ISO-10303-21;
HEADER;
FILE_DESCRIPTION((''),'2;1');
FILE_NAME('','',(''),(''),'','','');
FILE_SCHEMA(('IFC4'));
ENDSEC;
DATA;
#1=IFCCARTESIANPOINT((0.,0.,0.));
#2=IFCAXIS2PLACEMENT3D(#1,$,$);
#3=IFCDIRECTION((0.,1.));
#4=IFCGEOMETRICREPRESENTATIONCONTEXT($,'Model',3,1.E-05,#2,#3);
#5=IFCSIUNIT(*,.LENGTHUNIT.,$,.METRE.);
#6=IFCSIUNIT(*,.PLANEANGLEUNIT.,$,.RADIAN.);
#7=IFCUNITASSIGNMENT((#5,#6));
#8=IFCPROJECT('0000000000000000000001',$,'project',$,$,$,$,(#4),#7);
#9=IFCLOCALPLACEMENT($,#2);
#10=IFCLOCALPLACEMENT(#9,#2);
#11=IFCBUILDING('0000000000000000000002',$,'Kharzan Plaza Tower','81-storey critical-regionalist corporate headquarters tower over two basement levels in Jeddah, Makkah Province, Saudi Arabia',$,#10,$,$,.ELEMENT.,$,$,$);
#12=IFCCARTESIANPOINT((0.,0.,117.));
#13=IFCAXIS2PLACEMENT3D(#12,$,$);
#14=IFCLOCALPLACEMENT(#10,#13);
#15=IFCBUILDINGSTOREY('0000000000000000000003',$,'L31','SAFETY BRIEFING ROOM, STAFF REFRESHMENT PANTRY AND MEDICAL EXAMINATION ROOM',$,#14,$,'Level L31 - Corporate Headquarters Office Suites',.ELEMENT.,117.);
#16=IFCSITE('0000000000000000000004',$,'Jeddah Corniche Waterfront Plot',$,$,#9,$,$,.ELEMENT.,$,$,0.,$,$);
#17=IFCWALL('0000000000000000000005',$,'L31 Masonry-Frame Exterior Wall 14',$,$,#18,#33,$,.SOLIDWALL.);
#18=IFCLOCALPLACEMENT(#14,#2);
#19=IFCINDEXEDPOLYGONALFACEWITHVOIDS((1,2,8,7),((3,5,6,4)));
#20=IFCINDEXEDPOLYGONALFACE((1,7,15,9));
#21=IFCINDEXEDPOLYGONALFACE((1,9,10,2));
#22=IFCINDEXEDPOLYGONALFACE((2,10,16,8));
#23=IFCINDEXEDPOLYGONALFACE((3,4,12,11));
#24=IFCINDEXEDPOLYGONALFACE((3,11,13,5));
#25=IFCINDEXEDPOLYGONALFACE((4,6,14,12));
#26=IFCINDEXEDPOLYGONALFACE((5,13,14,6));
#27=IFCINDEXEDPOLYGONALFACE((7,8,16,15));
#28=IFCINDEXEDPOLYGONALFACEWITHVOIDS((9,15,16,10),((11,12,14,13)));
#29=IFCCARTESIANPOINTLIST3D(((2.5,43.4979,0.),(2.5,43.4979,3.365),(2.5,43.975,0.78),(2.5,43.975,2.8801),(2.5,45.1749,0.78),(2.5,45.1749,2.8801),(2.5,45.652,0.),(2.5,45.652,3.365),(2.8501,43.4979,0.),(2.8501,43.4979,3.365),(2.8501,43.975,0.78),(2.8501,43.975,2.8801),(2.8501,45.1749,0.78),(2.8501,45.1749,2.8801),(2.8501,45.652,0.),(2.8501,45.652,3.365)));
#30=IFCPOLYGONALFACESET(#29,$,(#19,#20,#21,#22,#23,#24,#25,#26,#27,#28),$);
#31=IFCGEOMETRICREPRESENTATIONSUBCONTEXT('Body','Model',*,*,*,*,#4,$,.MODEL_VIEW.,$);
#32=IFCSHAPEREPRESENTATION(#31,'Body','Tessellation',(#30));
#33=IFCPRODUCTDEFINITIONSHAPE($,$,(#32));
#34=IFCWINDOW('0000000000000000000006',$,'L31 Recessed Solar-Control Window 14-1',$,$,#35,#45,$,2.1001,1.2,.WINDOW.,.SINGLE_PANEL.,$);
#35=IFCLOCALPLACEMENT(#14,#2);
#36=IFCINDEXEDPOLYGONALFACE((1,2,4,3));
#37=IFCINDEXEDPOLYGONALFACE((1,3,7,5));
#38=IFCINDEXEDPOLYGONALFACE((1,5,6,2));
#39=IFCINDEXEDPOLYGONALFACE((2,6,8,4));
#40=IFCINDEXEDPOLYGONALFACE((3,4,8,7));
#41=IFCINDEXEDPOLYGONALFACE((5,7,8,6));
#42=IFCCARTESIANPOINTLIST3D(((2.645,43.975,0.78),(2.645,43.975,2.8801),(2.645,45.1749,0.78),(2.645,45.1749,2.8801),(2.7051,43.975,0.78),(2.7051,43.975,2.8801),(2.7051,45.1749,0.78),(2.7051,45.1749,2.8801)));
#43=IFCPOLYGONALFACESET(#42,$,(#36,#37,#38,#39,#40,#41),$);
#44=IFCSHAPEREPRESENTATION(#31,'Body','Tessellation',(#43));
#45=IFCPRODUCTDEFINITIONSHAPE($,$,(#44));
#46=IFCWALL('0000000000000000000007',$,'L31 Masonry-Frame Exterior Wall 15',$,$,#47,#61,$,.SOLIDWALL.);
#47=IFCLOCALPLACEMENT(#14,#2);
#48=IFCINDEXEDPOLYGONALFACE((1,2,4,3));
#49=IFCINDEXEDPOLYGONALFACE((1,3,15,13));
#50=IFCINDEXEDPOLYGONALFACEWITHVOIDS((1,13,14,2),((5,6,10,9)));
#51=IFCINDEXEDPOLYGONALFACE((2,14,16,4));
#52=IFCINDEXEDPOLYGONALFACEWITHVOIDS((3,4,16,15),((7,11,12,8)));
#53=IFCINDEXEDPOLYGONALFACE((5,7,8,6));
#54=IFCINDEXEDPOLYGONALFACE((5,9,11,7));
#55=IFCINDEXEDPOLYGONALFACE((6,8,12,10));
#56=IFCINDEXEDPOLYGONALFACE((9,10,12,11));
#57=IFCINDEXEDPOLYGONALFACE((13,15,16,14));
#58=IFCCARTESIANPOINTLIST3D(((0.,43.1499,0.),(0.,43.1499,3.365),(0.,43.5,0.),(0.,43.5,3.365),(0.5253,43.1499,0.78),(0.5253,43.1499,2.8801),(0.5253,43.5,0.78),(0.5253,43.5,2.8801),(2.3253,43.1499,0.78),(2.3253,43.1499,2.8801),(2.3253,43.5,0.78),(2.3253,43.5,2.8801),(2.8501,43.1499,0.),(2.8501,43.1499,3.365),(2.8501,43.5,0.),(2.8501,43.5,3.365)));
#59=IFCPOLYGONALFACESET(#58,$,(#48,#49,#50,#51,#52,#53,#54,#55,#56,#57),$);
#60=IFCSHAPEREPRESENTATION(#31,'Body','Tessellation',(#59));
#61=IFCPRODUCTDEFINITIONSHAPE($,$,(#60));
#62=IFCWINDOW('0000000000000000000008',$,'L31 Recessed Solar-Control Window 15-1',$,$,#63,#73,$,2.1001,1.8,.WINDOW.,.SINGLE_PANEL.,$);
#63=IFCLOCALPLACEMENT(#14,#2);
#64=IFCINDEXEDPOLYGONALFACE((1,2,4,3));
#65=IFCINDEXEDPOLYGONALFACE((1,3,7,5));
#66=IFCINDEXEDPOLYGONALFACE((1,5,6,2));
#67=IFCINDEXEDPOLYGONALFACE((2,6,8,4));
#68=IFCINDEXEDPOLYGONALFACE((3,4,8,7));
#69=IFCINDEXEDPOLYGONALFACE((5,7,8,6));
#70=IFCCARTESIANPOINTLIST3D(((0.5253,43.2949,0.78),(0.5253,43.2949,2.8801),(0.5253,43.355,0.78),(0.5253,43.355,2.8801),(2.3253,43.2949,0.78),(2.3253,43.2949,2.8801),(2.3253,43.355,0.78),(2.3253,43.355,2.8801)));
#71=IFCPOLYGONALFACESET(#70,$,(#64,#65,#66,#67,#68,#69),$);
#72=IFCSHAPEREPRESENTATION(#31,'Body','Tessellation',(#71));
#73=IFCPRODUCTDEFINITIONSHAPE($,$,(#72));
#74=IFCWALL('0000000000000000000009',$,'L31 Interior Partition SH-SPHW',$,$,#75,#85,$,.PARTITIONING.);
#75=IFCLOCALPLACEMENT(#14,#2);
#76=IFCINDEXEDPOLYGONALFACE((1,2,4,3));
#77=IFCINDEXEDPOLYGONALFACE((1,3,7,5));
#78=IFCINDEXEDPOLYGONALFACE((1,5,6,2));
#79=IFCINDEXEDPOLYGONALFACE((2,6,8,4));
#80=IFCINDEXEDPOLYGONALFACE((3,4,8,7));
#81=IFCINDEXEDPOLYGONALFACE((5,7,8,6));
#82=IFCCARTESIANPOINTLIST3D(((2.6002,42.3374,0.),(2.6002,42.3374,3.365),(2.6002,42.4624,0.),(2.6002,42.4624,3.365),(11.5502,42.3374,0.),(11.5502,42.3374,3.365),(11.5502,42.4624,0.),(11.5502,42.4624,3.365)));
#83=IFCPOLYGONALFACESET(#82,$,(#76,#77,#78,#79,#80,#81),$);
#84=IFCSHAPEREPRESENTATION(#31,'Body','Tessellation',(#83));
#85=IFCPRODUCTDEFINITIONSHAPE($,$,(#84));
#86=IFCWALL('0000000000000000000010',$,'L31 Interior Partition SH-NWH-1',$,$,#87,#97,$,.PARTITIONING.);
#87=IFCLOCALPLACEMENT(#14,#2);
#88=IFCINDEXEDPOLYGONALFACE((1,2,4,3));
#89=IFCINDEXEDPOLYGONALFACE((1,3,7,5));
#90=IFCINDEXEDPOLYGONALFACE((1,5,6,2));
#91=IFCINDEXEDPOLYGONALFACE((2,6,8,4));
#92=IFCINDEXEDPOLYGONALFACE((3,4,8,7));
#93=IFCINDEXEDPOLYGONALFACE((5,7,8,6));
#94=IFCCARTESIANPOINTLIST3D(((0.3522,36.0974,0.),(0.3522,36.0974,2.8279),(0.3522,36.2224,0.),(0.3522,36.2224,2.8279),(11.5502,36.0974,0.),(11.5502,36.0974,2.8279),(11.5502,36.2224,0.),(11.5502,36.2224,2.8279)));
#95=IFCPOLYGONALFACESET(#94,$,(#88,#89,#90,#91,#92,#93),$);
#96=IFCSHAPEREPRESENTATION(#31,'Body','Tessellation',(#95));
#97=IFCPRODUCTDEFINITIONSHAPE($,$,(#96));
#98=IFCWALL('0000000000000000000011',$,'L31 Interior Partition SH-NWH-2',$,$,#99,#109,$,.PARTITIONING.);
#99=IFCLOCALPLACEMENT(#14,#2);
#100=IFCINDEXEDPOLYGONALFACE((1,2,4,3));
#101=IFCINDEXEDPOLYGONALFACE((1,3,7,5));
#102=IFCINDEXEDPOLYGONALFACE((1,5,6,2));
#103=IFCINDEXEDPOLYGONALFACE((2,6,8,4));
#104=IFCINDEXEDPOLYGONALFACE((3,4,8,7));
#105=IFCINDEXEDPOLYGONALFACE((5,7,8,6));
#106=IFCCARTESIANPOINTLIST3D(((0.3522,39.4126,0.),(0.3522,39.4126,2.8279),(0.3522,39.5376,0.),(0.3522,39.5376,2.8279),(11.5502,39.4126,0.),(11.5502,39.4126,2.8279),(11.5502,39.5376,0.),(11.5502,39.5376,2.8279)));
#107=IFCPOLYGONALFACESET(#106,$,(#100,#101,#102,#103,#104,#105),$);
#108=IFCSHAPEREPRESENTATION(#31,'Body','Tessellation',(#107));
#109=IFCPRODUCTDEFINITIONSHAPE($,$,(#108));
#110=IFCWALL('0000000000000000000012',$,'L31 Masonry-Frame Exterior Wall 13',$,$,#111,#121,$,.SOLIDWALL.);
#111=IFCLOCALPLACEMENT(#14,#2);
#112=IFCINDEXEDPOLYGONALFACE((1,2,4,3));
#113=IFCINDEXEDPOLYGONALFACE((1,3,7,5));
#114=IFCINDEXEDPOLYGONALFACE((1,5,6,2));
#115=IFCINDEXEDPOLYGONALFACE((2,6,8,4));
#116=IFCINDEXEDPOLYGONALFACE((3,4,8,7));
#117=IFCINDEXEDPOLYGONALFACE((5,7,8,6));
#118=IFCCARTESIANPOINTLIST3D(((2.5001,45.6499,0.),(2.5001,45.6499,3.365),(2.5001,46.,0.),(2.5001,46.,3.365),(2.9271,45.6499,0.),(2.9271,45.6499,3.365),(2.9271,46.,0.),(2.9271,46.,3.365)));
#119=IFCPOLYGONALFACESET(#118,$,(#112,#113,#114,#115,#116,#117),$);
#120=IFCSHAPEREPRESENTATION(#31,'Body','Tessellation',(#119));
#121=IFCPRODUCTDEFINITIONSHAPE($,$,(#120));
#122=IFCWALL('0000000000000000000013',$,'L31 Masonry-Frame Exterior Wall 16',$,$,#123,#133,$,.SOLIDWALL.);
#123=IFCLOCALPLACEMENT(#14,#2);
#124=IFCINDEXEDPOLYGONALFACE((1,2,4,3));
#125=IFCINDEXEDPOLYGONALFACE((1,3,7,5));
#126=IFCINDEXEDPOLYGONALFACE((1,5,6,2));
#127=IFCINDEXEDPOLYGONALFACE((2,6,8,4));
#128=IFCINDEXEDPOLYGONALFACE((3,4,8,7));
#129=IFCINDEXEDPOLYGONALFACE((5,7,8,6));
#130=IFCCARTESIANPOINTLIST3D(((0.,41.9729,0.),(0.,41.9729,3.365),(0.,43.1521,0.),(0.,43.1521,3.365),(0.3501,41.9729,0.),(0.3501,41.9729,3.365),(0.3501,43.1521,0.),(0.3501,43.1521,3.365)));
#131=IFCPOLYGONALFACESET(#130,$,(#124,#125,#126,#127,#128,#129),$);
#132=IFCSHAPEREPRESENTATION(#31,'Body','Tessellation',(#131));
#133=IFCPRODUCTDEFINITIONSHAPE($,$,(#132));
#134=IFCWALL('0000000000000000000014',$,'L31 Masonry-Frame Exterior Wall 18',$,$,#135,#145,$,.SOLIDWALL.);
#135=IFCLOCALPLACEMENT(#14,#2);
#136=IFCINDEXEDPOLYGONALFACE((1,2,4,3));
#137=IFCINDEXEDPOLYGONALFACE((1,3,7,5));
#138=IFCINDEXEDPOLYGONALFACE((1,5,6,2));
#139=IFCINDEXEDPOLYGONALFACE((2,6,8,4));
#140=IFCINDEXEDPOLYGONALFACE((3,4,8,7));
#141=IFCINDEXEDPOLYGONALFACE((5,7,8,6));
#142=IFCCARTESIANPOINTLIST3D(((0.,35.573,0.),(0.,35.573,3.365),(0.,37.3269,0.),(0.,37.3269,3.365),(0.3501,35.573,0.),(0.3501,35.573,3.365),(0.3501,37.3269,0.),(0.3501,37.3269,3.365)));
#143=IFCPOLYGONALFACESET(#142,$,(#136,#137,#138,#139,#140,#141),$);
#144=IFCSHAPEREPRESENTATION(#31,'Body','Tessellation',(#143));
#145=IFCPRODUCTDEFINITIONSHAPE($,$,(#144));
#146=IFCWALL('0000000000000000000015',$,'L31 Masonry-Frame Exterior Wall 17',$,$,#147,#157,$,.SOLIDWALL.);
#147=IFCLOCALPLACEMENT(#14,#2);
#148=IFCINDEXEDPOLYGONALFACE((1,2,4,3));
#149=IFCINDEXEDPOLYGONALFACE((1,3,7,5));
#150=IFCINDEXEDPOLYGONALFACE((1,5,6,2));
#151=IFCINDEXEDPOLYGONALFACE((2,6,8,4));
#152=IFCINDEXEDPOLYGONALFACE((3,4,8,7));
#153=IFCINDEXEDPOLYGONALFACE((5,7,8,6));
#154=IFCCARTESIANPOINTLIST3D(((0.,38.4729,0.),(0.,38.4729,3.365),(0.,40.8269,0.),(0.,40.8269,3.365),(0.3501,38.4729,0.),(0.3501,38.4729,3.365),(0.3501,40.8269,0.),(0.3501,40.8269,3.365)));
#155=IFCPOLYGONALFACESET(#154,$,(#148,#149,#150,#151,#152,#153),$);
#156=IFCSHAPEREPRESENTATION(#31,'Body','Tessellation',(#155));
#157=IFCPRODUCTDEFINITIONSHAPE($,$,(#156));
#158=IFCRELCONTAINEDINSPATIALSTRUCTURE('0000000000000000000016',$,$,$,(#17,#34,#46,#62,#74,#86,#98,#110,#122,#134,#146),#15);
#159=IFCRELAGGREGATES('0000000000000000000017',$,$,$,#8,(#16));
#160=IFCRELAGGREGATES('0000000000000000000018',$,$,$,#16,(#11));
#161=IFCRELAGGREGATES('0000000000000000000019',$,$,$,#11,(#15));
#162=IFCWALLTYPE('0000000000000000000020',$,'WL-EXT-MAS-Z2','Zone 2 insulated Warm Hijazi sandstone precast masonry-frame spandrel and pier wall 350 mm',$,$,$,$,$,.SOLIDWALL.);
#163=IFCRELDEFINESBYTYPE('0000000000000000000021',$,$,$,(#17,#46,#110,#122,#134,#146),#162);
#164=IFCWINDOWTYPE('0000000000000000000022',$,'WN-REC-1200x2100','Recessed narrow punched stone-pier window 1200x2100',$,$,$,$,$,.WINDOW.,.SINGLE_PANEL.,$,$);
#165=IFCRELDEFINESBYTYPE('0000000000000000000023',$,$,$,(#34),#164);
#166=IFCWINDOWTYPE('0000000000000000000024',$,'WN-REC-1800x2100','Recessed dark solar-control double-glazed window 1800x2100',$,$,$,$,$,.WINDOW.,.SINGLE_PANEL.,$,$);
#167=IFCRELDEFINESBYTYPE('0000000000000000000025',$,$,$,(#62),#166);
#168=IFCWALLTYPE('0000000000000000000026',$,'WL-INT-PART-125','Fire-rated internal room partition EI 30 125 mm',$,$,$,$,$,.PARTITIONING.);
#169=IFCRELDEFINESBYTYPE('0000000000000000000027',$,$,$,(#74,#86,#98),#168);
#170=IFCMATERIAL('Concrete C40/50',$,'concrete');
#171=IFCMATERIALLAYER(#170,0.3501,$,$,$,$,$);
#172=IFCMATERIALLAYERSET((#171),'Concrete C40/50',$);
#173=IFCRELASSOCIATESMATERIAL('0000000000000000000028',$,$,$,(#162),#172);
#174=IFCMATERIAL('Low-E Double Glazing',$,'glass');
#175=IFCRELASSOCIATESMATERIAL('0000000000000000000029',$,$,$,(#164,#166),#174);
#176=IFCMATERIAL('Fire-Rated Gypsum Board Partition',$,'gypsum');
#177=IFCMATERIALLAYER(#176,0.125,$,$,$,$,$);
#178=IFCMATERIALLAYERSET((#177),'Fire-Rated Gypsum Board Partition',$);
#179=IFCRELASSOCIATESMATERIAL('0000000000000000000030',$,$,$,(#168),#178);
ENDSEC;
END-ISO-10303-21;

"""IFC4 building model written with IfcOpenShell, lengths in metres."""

from ifc_helpers import new_model, si_unit, direction, frame, frame_2d, origin, place, context, subcontext, project, spatial, rectangle, extrude, source, transform, mapped, material, layer, layer_set, type_object, element, fill, save


model = new_model("IFC4")

# Units and contexts
model_context = context("Model", 3, precision=1e-05, world=origin(), true_north=direction((0.0, 1.0)))
body_context = subcontext(model_context, "Body", "Model", "MODEL_VIEW")
ifc_project = project(units=[si_unit("LENGTHUNIT", "METRE"), si_unit("PLANEANGLEUNIT", "RADIAN")], contexts=[model_context])

# Site, building, storey
site_placement = place(None, origin())
site = spatial("IfcSite", under=ifc_project, at=site_placement, Name="Jeddah Corniche Waterfront Plot", CompositionType="ELEMENT", RefElevation=0.0)
building_placement = place(site_placement, origin())
building = spatial("IfcBuilding", under=site, at=building_placement, Name="Kharzan Plaza Tower", Description="81-storey critical-regionalist corporate headquarters tower over two basement levels in Jeddah, Makkah Province, Saudi Arabia", CompositionType="ELEMENT")
storey_placement = place(building_placement, frame((0.0, 0.0, 117.0)))
storey = spatial("IfcBuildingStorey", under=building, at=storey_placement, Name="L31", Description="SAFETY BRIEFING ROOM, STAFF REFRESHMENT PANTRY AND MEDICAL EXAMINATION ROOM", LongName="Level L31 - Corporate Headquarters Office Suites", CompositionType="ELEMENT", Elevation=117.0)

# Walls, openings, windows
ifc_material_1 = material(Name="Concrete C40/50", Category="concrete")
ifc_layer_1 = layer(ifc_material_1, 0.3501)
ifc_layer_set_1 = layer_set([ifc_layer_1], Name="Concrete C40/50")
wall_type_1 = type_object("IfcWallType", Name="WL-EXT-MAS-Z2", Description="Zone 2 insulated Warm Hijazi sandstone precast masonry-frame spandrel and pier wall 350 mm", PredefinedType="SOLIDWALL", material=ifc_layer_set_1)
ifc_material_2 = material(Name="Low-E Double Glazing", Category="glass")
wall_1_placement = place(storey_placement, frame((2.675, 45.6521, 0.0), z_axis=(0.0, 0.0, 1.0), x_axis=(0.0, -1.0, 0.0)))
wall_1 = element("IfcWall", 1, at=wall_1_placement, inside=storey, type_object=wall_type_1, Name="L31 Masonry-Frame Exterior Wall 14", PredefinedType="SOLIDWALL", context=body_context, shape_type="SweptSolid", body=[
    extrude(rectangle(XDim=2.1541, YDim=0.3501, at=frame_2d((1.0771, 0.0))), origin(), (0.0, 0.0, 1.0), 3.365),
])
opening_1_placement = place(wall_1_placement, frame((0.4771, 0.0, 0.78)))
opening_1 = element("IfcOpeningElement", 2, at=opening_1_placement, cuts=wall_1, PredefinedType="OPENING", context=body_context, shape_type="SweptSolid", body=[
    extrude(rectangle(XDim=1.2, YDim=2.1001, at=frame_2d((0.6001, 1.05))), frame((0.0, 0.1851, 0.0), z_axis=(0.0, -1.0, 0.0), x_axis=(1.0, 0.0, 0.0)), (0.0, 0.0, 1.0), 0.3701),
])
window_type_1 = type_object("IfcWindowType", Name="WN-REC-1200x2100", Description="Recessed narrow punched stone-pier window 1200x2100", PartitioningType="SINGLE_PANEL", PredefinedType="WINDOW", material=ifc_material_2)
shared_shape_1 = source(origin(), body_context, "Body", "SweptSolid", [
    extrude(rectangle(XDim=1.2, YDim=2.1001, at=frame_2d((0.6001, 1.05))), frame((0.0, 0.03, 0.0), z_axis=(0.0, -1.0, 0.0), x_axis=(1.0, 0.0, 0.0)), (0.0, 0.0, 1.0), 0.0601),
])
window_1_placement = place(opening_1_placement, origin())
window_1 = element("IfcWindow", 3, at=window_1_placement, inside=storey, type_object=window_type_1, Name="L31 Recessed Solar-Control Window 14-1", OverallHeight=2.1001, OverallWidth=1.2, PartitioningType="SINGLE_PANEL", PredefinedType="WINDOW", context=body_context, shape_type="MappedRepresentation", body=[
    mapped(shared_shape_1, transform((0.0, 0.0, 0.0), x_axis=(1.0, 0.0, 0.0), y_axis=(0.0, 1.0, 0.0), z_axis=(0.0, 0.0, 1.0))),
])
fill(opening_1, window_1)
wall_2_placement = place(storey_placement, frame((2.8501, 43.325, 0.0), z_axis=(0.0, 0.0, 1.0), x_axis=(-1.0, 0.0, 0.0)))
wall_2 = element("IfcWall", 4, at=wall_2_placement, inside=storey, type_object=wall_type_1, Name="L31 Masonry-Frame Exterior Wall 15", PredefinedType="SOLIDWALL", context=body_context, shape_type="SweptSolid", body=[
    extrude(rectangle(XDim=2.8501, YDim=0.3501, at=frame_2d((1.425, 0.0))), origin(), (0.0, 0.0, 1.0), 3.365),
])
opening_2_placement = place(wall_2_placement, frame((0.5249, 0.0, 0.78)))
opening_2 = element("IfcOpeningElement", 5, at=opening_2_placement, cuts=wall_2, PredefinedType="OPENING", context=body_context, shape_type="SweptSolid", body=[
    extrude(rectangle(XDim=1.8, YDim=2.1001, at=frame_2d((0.8999, 1.05))), frame((0.0, 0.1851, 0.0), z_axis=(0.0, -1.0, 0.0), x_axis=(1.0, 0.0, 0.0)), (0.0, 0.0, 1.0), 0.3701),
])
window_type_2 = type_object("IfcWindowType", Name="WN-REC-1800x2100", Description="Recessed dark solar-control double-glazed window 1800x2100", PartitioningType="SINGLE_PANEL", PredefinedType="WINDOW", material=ifc_material_2)
shared_shape_2 = source(origin(), body_context, "Body", "SweptSolid", [
    extrude(rectangle(XDim=1.8, YDim=2.1001, at=frame_2d((0.8999, 1.05))), frame((0.0, 0.03, 0.0), z_axis=(0.0, -1.0, 0.0), x_axis=(1.0, 0.0, 0.0)), (0.0, 0.0, 1.0), 0.0601),
])
window_2_placement = place(opening_2_placement, origin())
window_2 = element("IfcWindow", 6, at=window_2_placement, inside=storey, type_object=window_type_2, Name="L31 Recessed Solar-Control Window 15-1", OverallHeight=2.1001, OverallWidth=1.8, PartitioningType="SINGLE_PANEL", PredefinedType="WINDOW", context=body_context, shape_type="MappedRepresentation", body=[
    mapped(shared_shape_2, transform((0.0, 0.0, 0.0), x_axis=(1.0, 0.0, 0.0), y_axis=(0.0, 1.0, 0.0), z_axis=(0.0, 0.0, 1.0))),
])
fill(opening_2, window_2)

# Walls
ifc_material_3 = material(Name="Fire-Rated Gypsum Board Partition", Category="gypsum")
ifc_layer_2 = layer(ifc_material_3, 0.125)
ifc_layer_set_2 = layer_set([ifc_layer_2], Name="Fire-Rated Gypsum Board Partition")
wall_type_2 = type_object("IfcWallType", Name="WL-INT-PART-125", Description="Fire-rated internal room partition EI 30 125 mm", PredefinedType="PARTITIONING", material=ifc_layer_set_2)
shared_shape_3 = source(origin(), body_context, "Body", "SweptSolid", [
    extrude(rectangle(XDim=8.95, YDim=0.125, at=frame_2d((4.4751, 0.0))), origin(), (0.0, 0.0, 1.0), 3.365),
])
wall_3_placement = place(storey_placement, frame((2.6001, 42.3999, 0.0), z_axis=(0.0, 0.0, 1.0), x_axis=(1.0, 0.0, 0.0)))
element("IfcWall", 7, at=wall_3_placement, inside=storey, type_object=wall_type_2, Name="L31 Interior Partition SH-SPHW", PredefinedType="PARTITIONING", context=body_context, shape_type="MappedRepresentation", body=[
    mapped(shared_shape_3, transform((0.0, 0.0, 0.0), x_axis=(1.0, 0.0, 0.0), y_axis=(0.0, 1.0, 0.0), z_axis=(0.0, 0.0, 1.0))),
])
shared_shape_4 = source(origin(), body_context, "Body", "SweptSolid", [
    extrude(rectangle(XDim=11.198, YDim=0.125, at=frame_2d((5.5991, 0.0))), origin(), (0.0, 0.0, 1.0), 2.8279),
])
for number, where, z_axis, x_axis, name in (
    (8, (0.3521, 36.1599, 0.0), (0.0, 0.0, 1.0), (1.0, 0.0, 0.0), "L31 Interior Partition SH-NWH-1"),
    (9, (0.3521, 39.4751, 0.0), (0.0, 0.0, 1.0), (1.0, 0.0, 0.0), "L31 Interior Partition SH-NWH-2"),
):
    element("IfcWall", number, at=place(storey_placement, frame(where, z_axis=z_axis, x_axis=x_axis)), inside=storey, type_object=wall_type_2, Name=name, PredefinedType="PARTITIONING", context=body_context, shape_type="MappedRepresentation", body=[
        mapped(shared_shape_4, transform((0.0, 0.0, 0.0), x_axis=(1.0, 0.0, 0.0), y_axis=(0.0, 1.0, 0.0), z_axis=(0.0, 0.0, 1.0))),
    ])
shared_shape_5 = source(origin(), body_context, "Body", "SweptSolid", [
    extrude(rectangle(XDim=0.427, YDim=0.3501, at=frame_2d((0.2134, 0.0))), origin(), (0.0, 0.0, 1.0), 3.365),
])
wall_4_placement = place(storey_placement, frame((2.927, 45.825, 0.0), z_axis=(0.0, 0.0, 1.0), x_axis=(-1.0, 0.0, 0.0)))
element("IfcWall", 10, at=wall_4_placement, inside=storey, type_object=wall_type_1, Name="L31 Masonry-Frame Exterior Wall 13", PredefinedType="SOLIDWALL", context=body_context, shape_type="MappedRepresentation", body=[
    mapped(shared_shape_5, transform((0.0, 0.0, 0.0), x_axis=(1.0, 0.0, 0.0), y_axis=(0.0, 1.0, 0.0), z_axis=(0.0, 0.0, 1.0))),
])
shared_shape_6 = source(origin(), body_context, "Body", "SweptSolid", [
    extrude(rectangle(XDim=1.1792, YDim=0.3501, at=frame_2d((0.5896, 0.0))), origin(), (0.0, 0.0, 1.0), 3.365),
])
wall_5_placement = place(storey_placement, frame((0.175, 43.1521, 0.0), z_axis=(0.0, 0.0, 1.0), x_axis=(0.0, -1.0, 0.0)))
element("IfcWall", 11, at=wall_5_placement, inside=storey, type_object=wall_type_1, Name="L31 Masonry-Frame Exterior Wall 16", PredefinedType="SOLIDWALL", context=body_context, shape_type="MappedRepresentation", body=[
    mapped(shared_shape_6, transform((0.0, 0.0, 0.0), x_axis=(1.0, 0.0, 0.0), y_axis=(0.0, 1.0, 0.0), z_axis=(0.0, 0.0, 1.0))),
])
shared_shape_7 = source(origin(), body_context, "Body", "SweptSolid", [
    extrude(rectangle(XDim=1.7539, YDim=0.3501, at=frame_2d((0.877, 0.0))), origin(), (0.0, 0.0, 1.0), 3.365),
])
wall_6_placement = place(storey_placement, frame((0.175, 37.3269, 0.0), z_axis=(0.0, 0.0, 1.0), x_axis=(0.0, -1.0, 0.0)))
element("IfcWall", 12, at=wall_6_placement, inside=storey, type_object=wall_type_1, Name="L31 Masonry-Frame Exterior Wall 18", PredefinedType="SOLIDWALL", context=body_context, shape_type="MappedRepresentation", body=[
    mapped(shared_shape_7, transform((0.0, 0.0, 0.0), x_axis=(1.0, 0.0, 0.0), y_axis=(0.0, 1.0, 0.0), z_axis=(0.0, 0.0, 1.0))),
])
shared_shape_8 = source(origin(), body_context, "Body", "SweptSolid", [
    extrude(rectangle(XDim=2.354, YDim=0.3501, at=frame_2d((1.177, 0.0))), origin(), (0.0, 0.0, 1.0), 3.365),
])
wall_7_placement = place(storey_placement, frame((0.175, 40.8269, 0.0), z_axis=(0.0, 0.0, 1.0), x_axis=(0.0, -1.0, 0.0)))
element("IfcWall", 13, at=wall_7_placement, inside=storey, type_object=wall_type_1, Name="L31 Masonry-Frame Exterior Wall 17", PredefinedType="SOLIDWALL", context=body_context, shape_type="MappedRepresentation", body=[
    mapped(shared_shape_8, transform((0.0, 0.0, 0.0), x_axis=(1.0, 0.0, 0.0), y_axis=(0.0, 1.0, 0.0), z_axis=(0.0, 0.0, 1.0))),
])

save(model, "model.ifc")
